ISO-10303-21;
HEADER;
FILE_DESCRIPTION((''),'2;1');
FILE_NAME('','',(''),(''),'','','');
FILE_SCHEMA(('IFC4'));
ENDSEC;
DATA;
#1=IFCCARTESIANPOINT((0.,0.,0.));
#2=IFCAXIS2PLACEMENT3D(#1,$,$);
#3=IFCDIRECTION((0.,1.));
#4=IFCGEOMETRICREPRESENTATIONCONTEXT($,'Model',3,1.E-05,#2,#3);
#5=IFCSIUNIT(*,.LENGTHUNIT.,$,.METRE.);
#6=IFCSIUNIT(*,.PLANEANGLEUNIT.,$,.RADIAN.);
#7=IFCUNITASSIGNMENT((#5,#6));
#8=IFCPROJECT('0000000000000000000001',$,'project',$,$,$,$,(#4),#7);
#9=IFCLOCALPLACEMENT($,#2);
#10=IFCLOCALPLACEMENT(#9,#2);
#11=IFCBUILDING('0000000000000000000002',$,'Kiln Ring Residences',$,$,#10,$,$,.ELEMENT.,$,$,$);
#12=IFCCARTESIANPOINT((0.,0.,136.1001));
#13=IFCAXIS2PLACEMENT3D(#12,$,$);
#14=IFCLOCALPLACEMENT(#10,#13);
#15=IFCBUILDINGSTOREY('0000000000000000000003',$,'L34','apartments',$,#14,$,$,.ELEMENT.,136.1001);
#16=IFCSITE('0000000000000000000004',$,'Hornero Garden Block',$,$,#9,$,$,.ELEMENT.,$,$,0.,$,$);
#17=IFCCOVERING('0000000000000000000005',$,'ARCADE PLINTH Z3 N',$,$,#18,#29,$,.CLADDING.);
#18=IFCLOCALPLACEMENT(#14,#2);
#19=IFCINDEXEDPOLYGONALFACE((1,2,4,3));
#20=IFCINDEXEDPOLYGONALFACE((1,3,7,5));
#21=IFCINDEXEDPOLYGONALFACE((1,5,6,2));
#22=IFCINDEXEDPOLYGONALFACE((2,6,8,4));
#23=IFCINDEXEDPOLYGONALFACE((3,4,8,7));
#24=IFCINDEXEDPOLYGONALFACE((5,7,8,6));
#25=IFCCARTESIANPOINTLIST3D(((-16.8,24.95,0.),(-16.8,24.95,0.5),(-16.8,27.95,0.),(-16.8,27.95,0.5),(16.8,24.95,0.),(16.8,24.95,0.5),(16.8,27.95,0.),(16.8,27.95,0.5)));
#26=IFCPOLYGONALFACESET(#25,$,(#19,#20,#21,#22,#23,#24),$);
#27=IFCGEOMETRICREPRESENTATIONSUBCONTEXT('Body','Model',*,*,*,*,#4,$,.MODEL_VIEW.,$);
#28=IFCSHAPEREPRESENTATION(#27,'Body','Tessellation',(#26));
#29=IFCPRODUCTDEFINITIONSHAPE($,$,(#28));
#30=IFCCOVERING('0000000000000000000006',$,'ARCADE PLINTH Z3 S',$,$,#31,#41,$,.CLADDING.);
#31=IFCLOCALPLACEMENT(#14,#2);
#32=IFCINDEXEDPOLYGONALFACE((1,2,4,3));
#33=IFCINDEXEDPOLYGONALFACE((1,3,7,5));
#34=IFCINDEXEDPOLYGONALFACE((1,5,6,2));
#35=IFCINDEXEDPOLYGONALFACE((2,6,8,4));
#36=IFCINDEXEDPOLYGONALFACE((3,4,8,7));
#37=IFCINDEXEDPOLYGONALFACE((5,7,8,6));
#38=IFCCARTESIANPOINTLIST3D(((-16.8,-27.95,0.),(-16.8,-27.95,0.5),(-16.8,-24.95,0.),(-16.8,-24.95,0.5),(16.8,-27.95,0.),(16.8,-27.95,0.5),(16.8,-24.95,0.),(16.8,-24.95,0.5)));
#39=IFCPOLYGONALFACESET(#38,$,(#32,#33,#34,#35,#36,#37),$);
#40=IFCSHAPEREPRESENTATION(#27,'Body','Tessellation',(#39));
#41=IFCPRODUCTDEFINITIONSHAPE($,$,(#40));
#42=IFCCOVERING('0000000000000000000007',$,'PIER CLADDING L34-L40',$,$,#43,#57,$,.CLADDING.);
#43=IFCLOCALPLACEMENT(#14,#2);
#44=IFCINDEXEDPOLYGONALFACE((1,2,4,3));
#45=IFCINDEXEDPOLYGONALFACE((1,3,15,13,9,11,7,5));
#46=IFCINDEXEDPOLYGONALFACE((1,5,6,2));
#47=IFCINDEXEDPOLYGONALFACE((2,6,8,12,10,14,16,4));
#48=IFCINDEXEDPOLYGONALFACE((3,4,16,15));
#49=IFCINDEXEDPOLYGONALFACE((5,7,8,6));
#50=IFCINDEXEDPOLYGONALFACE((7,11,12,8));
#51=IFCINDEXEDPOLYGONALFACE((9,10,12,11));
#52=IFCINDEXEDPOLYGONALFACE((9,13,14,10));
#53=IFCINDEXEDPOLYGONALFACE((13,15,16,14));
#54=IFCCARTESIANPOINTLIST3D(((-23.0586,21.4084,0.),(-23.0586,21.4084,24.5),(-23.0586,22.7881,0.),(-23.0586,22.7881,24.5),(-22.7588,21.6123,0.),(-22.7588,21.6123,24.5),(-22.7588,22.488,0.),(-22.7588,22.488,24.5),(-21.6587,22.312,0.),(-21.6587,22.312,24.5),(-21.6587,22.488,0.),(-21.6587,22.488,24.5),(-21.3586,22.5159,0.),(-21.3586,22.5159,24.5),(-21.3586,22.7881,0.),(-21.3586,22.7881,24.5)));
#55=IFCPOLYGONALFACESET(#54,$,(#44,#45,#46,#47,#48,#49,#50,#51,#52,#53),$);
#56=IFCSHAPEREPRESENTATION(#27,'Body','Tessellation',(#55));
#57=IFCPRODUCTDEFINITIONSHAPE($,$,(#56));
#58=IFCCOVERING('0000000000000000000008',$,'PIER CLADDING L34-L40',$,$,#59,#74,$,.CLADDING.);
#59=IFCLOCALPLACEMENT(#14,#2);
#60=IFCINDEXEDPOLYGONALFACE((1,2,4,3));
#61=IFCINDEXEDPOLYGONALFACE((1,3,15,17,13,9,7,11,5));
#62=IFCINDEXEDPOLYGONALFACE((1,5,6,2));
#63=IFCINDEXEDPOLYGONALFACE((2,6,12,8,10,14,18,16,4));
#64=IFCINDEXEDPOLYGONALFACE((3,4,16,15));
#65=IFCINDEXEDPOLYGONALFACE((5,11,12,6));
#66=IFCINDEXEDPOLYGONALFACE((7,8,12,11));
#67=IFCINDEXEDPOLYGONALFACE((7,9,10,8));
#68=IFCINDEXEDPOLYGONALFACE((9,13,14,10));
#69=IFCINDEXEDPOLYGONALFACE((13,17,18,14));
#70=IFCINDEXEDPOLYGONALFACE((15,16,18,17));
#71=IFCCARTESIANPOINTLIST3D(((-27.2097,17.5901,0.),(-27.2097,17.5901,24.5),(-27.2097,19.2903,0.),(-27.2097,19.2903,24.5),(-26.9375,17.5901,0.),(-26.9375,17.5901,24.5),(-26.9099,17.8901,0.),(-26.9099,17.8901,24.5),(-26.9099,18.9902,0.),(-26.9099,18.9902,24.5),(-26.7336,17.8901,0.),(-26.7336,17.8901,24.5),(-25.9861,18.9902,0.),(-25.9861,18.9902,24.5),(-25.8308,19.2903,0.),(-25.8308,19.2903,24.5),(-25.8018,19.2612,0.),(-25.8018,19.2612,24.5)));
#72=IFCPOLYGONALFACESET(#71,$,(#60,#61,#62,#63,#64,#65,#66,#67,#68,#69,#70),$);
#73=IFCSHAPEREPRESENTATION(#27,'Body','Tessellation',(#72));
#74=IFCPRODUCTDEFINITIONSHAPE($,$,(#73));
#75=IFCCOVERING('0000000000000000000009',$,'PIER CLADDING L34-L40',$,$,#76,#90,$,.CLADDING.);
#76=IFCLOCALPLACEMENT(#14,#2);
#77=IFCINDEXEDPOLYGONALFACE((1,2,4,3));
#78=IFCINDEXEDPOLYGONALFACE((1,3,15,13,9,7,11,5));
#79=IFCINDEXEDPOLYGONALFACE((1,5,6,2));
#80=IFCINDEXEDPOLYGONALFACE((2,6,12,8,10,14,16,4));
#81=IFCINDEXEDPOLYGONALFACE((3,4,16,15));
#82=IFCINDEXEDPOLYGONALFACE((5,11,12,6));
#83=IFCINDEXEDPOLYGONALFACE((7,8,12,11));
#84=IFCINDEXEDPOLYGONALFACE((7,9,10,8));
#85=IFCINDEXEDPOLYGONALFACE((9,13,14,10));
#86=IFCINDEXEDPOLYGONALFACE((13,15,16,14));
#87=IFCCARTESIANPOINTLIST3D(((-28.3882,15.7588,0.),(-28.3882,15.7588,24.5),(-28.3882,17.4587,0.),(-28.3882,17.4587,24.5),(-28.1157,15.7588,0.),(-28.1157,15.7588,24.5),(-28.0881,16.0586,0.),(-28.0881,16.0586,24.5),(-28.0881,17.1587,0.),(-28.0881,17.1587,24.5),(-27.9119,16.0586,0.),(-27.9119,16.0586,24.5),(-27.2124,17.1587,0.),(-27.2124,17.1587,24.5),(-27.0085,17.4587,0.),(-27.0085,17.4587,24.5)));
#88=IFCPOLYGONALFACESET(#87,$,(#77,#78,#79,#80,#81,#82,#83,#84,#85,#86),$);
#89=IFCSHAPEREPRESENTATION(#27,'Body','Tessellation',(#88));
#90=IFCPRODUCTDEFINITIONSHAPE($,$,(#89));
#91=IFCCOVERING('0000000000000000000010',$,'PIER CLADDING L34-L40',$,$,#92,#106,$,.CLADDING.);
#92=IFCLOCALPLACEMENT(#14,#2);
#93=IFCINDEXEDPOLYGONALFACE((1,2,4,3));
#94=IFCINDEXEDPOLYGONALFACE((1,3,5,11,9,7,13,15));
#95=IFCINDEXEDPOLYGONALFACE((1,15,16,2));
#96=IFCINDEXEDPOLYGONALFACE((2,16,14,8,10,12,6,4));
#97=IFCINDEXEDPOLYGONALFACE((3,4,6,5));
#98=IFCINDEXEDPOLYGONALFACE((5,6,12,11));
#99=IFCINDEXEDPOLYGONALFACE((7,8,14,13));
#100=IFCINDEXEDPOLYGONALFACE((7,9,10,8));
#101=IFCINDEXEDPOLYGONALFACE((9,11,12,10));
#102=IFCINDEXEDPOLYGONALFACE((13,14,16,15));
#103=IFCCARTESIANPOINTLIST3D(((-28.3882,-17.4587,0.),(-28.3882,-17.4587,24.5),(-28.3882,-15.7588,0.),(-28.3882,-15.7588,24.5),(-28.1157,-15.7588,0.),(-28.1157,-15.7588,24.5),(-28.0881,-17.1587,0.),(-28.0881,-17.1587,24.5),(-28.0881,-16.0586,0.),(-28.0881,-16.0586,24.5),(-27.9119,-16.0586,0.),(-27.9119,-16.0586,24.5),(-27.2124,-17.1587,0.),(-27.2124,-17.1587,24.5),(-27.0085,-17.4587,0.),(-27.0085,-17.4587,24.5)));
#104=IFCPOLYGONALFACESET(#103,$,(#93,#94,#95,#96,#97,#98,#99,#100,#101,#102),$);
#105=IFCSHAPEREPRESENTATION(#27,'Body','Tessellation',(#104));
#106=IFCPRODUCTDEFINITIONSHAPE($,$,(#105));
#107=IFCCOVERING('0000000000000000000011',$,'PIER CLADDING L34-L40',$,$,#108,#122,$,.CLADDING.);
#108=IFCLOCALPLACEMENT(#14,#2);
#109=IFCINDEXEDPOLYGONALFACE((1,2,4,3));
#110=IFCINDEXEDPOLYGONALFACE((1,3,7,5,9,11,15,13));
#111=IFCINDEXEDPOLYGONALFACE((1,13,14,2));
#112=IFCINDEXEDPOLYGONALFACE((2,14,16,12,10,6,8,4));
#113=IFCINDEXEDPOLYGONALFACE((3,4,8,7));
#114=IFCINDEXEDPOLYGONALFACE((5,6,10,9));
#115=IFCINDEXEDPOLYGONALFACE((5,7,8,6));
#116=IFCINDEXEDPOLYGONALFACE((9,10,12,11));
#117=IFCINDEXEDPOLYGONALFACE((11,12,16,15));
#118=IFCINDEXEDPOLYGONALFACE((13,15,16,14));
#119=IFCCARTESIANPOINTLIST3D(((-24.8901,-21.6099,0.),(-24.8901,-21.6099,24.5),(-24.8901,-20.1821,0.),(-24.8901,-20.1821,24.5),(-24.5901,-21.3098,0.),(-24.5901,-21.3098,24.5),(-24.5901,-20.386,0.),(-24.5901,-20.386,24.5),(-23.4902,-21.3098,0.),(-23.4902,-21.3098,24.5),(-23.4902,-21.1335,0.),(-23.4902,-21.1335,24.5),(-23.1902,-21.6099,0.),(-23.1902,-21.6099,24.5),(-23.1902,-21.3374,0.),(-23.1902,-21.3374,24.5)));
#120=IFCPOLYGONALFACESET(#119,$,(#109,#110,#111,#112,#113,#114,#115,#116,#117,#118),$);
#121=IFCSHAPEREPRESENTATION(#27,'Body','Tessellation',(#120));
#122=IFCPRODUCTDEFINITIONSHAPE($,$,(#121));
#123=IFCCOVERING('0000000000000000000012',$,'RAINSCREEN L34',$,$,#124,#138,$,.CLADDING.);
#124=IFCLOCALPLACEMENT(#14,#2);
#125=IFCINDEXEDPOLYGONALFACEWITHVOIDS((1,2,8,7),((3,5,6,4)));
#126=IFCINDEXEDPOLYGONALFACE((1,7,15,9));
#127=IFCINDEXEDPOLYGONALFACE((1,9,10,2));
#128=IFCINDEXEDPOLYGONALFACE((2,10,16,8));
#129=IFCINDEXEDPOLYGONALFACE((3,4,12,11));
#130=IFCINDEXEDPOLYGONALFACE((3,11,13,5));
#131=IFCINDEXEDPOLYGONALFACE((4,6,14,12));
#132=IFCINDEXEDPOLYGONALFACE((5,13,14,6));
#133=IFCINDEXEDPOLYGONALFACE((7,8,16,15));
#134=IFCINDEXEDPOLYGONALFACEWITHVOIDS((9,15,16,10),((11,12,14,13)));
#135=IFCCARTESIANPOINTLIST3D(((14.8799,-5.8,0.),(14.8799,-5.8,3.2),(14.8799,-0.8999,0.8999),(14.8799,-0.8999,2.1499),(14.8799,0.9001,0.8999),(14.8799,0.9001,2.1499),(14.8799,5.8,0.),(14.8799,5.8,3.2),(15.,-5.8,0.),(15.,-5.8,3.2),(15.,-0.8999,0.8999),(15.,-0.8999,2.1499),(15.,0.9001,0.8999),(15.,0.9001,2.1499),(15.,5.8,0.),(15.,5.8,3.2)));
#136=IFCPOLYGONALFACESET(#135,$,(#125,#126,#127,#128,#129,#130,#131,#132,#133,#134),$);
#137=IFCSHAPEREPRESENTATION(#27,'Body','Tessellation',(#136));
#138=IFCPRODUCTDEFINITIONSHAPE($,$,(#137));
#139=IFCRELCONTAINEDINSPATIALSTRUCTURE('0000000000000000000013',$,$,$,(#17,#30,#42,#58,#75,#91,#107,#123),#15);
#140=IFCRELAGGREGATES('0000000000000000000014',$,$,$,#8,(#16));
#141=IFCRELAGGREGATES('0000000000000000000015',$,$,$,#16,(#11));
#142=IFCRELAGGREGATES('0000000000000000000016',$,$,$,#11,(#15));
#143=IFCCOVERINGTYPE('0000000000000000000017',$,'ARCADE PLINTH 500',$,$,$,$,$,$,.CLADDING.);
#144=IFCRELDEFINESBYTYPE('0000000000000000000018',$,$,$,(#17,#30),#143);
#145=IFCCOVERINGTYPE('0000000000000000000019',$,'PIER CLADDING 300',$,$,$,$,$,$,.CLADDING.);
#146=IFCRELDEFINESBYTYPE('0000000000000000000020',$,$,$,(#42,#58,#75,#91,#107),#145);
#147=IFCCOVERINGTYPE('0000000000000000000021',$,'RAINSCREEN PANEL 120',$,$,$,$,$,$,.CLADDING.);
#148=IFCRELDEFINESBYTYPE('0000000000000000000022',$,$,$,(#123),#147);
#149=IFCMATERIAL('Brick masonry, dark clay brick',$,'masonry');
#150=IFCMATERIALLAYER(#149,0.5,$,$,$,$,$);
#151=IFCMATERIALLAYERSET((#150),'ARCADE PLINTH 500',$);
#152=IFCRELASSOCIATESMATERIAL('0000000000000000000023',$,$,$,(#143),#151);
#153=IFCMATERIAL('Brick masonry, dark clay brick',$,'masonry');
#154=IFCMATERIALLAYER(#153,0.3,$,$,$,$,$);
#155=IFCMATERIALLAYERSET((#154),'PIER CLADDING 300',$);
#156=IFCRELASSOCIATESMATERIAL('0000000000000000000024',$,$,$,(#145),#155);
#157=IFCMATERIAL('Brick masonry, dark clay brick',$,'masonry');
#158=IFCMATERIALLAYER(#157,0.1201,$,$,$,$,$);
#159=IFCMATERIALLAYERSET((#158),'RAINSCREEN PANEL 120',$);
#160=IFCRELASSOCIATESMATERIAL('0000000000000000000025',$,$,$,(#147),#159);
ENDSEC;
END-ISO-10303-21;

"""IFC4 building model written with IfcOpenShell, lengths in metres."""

from ifc_helpers import new_model, si_unit, direction, frame, origin, place, context, subcontext, project, spatial, polyline, outline, extrude, material, layer, layer_set, type_object, element, save


model = new_model("IFC4")

# Units and contexts
model_context = context("Model", 3, precision=1e-05, world=origin(), true_north=direction((0.0, 1.0)))
body_context = subcontext(model_context, "Body", "Model", "MODEL_VIEW")
ifc_project = project(units=[si_unit("LENGTHUNIT", "METRE"), si_unit("PLANEANGLEUNIT", "RADIAN")], contexts=[model_context])

# Site, building, storey
site_placement = place(None, origin())
site = spatial("IfcSite", under=ifc_project, at=site_placement, Name="Hornero Garden Block", CompositionType="ELEMENT", RefElevation=0.0)
building_placement = place(site_placement, origin())
building = spatial("IfcBuilding", under=site, at=building_placement, Name="Kiln Ring Residences", CompositionType="ELEMENT")
storey_placement = place(building_placement, frame((0.0, 0.0, 136.1001)))
storey = spatial("IfcBuildingStorey", under=building, at=storey_placement, Name="L34", Description="apartments", CompositionType="ELEMENT", Elevation=136.1001)

# Coverings
ifc_material_1 = material(Name="Brick masonry, dark clay brick", Category="masonry")
ifc_layer_1 = layer(ifc_material_1, 0.5)
ifc_layer_set_1 = layer_set([ifc_layer_1], Name="ARCADE PLINTH 500")
covering_type_1 = type_object("IfcCoveringType", Name="ARCADE PLINTH 500", PredefinedType="CLADDING", material=ifc_layer_set_1)
placement = place(storey_placement, origin())
element("IfcCovering", 1, at=placement, inside=storey, type_object=covering_type_1, Name="ARCADE PLINTH Z3 N", PredefinedType="CLADDING", context=body_context, shape_type="SweptSolid", body=[
    extrude(outline(polyline([(-16.8, 24.95), (16.8, 24.95), (16.8, 27.95), (-16.8, 27.95), (-16.8, 24.95)])), origin(), (0.0, 0.0, 1.0), 0.5),
])
element("IfcCovering", 2, at=placement, inside=storey, type_object=covering_type_1, Name="ARCADE PLINTH Z3 S", PredefinedType="CLADDING", context=body_context, shape_type="SweptSolid", body=[
    extrude(outline(polyline([(-16.8, -27.95), (16.8, -27.95), (16.8, -24.95), (-16.8, -24.95), (-16.8, -27.95)])), origin(), (0.0, 0.0, 1.0), 0.5),
])
ifc_material_2 = material(Name="Brick masonry, dark clay brick", Category="masonry")
ifc_layer_2 = layer(ifc_material_2, 0.3)
ifc_layer_set_2 = layer_set([ifc_layer_2], Name="PIER CLADDING 300")
covering_type_2 = type_object("IfcCoveringType", Name="PIER CLADDING 300", PredefinedType="CLADDING", material=ifc_layer_set_2)
element("IfcCovering", 3, at=placement, inside=storey, type_object=covering_type_2, Name="PIER CLADDING L34-L40", PredefinedType="CLADDING", context=body_context, shape_type="SweptSolid", body=[
    extrude(outline(polyline([(-21.3586, 22.7881), (-23.0586, 22.7881), (-23.0586, 21.4084), (-22.7588, 21.6123), (-22.7588, 22.488), (-21.6587, 22.488), (-21.6587, 22.312), (-21.3586, 22.5159), (-21.3586, 22.7881)])), origin(), (0.0, 0.0, 1.0), 24.5),
])
element("IfcCovering", 4, at=placement, inside=storey, type_object=covering_type_2, Name="PIER CLADDING L34-L40", PredefinedType="CLADDING", context=body_context, shape_type="SweptSolid", body=[
    extrude(outline(polyline([(-25.8308, 19.2903), (-27.2097, 19.2903), (-27.2097, 17.5901), (-26.9375, 17.5901), (-26.7336, 17.8901), (-26.9099, 17.8901), (-26.9099, 18.9902), (-25.9861, 18.9902), (-25.8018, 19.2612), (-25.8308, 19.2903)])), origin(), (0.0, 0.0, 1.0), 24.5),
])
element("IfcCovering", 5, at=placement, inside=storey, type_object=covering_type_2, Name="PIER CLADDING L34-L40", PredefinedType="CLADDING", context=body_context, shape_type="SweptSolid", body=[
    extrude(outline(polyline([(-27.0085, 17.4587), (-28.3882, 17.4587), (-28.3882, 15.7588), (-28.1157, 15.7588), (-27.9119, 16.0586), (-28.0881, 16.0586), (-28.0881, 17.1587), (-27.2124, 17.1587), (-27.0085, 17.4587)])), origin(), (0.0, 0.0, 1.0), 24.5),
])
element("IfcCovering", 6, at=placement, inside=storey, type_object=covering_type_2, Name="PIER CLADDING L34-L40", PredefinedType="CLADDING", context=body_context, shape_type="SweptSolid", body=[
    extrude(outline(polyline([(-28.1157, -15.7588), (-28.3882, -15.7588), (-28.3882, -17.4587), (-27.0085, -17.4587), (-27.2124, -17.1587), (-28.0881, -17.1587), (-28.0881, -16.0586), (-27.9119, -16.0586), (-28.1157, -15.7588)])), origin(), (0.0, 0.0, 1.0), 24.5),
])
element("IfcCovering", 7, at=placement, inside=storey, type_object=covering_type_2, Name="PIER CLADDING L34-L40", PredefinedType="CLADDING", context=body_context, shape_type="SweptSolid", body=[
    extrude(outline(polyline([(-24.5901, -20.386), (-24.8901, -20.1821), (-24.8901, -21.6099), (-23.1902, -21.6099), (-23.1902, -21.3374), (-23.4902, -21.1335), (-23.4902, -21.3098), (-24.5901, -21.3098), (-24.5901, -20.386)])), origin(), (0.0, 0.0, 1.0), 24.5),
])
ifc_material_3 = material(Name="Brick masonry, dark clay brick", Category="masonry")
ifc_layer_3 = layer(ifc_material_3, 0.1201)
ifc_layer_set_3 = layer_set([ifc_layer_3], Name="RAINSCREEN PANEL 120")
covering_type_3 = type_object("IfcCoveringType", Name="RAINSCREEN PANEL 120", PredefinedType="CLADDING", material=ifc_layer_set_3)
covering_1_placement = place(storey_placement, frame((14.9399, 5.8, 0.0), z_axis=(0.0, 0.0, 1.0), x_axis=(0.0, -1.0, 0.0)))
element("IfcCovering", 8, at=covering_1_placement, inside=storey, type_object=covering_type_3, Name="RAINSCREEN L34", PredefinedType="CLADDING", context=body_context, shape_type="SweptSolid", body=[
    extrude(outline(polyline([(0.0, 0.0), (11.6001, 0.0), (11.6001, 3.2), (0.0, 3.2), (0.0, 0.0)]), holes=[polyline([(4.8999, 2.1499), (4.8999, 0.8999), (6.7, 0.8999), (6.7, 2.1499), (4.8999, 2.1499)])]), frame((0.0, 0.0601, 0.0), z_axis=(0.0, -1.0, 0.0), x_axis=(1.0, 0.0, 0.0)), (0.0, 0.0, 1.0), 0.1201),
])

save(model, "model.ifc")
